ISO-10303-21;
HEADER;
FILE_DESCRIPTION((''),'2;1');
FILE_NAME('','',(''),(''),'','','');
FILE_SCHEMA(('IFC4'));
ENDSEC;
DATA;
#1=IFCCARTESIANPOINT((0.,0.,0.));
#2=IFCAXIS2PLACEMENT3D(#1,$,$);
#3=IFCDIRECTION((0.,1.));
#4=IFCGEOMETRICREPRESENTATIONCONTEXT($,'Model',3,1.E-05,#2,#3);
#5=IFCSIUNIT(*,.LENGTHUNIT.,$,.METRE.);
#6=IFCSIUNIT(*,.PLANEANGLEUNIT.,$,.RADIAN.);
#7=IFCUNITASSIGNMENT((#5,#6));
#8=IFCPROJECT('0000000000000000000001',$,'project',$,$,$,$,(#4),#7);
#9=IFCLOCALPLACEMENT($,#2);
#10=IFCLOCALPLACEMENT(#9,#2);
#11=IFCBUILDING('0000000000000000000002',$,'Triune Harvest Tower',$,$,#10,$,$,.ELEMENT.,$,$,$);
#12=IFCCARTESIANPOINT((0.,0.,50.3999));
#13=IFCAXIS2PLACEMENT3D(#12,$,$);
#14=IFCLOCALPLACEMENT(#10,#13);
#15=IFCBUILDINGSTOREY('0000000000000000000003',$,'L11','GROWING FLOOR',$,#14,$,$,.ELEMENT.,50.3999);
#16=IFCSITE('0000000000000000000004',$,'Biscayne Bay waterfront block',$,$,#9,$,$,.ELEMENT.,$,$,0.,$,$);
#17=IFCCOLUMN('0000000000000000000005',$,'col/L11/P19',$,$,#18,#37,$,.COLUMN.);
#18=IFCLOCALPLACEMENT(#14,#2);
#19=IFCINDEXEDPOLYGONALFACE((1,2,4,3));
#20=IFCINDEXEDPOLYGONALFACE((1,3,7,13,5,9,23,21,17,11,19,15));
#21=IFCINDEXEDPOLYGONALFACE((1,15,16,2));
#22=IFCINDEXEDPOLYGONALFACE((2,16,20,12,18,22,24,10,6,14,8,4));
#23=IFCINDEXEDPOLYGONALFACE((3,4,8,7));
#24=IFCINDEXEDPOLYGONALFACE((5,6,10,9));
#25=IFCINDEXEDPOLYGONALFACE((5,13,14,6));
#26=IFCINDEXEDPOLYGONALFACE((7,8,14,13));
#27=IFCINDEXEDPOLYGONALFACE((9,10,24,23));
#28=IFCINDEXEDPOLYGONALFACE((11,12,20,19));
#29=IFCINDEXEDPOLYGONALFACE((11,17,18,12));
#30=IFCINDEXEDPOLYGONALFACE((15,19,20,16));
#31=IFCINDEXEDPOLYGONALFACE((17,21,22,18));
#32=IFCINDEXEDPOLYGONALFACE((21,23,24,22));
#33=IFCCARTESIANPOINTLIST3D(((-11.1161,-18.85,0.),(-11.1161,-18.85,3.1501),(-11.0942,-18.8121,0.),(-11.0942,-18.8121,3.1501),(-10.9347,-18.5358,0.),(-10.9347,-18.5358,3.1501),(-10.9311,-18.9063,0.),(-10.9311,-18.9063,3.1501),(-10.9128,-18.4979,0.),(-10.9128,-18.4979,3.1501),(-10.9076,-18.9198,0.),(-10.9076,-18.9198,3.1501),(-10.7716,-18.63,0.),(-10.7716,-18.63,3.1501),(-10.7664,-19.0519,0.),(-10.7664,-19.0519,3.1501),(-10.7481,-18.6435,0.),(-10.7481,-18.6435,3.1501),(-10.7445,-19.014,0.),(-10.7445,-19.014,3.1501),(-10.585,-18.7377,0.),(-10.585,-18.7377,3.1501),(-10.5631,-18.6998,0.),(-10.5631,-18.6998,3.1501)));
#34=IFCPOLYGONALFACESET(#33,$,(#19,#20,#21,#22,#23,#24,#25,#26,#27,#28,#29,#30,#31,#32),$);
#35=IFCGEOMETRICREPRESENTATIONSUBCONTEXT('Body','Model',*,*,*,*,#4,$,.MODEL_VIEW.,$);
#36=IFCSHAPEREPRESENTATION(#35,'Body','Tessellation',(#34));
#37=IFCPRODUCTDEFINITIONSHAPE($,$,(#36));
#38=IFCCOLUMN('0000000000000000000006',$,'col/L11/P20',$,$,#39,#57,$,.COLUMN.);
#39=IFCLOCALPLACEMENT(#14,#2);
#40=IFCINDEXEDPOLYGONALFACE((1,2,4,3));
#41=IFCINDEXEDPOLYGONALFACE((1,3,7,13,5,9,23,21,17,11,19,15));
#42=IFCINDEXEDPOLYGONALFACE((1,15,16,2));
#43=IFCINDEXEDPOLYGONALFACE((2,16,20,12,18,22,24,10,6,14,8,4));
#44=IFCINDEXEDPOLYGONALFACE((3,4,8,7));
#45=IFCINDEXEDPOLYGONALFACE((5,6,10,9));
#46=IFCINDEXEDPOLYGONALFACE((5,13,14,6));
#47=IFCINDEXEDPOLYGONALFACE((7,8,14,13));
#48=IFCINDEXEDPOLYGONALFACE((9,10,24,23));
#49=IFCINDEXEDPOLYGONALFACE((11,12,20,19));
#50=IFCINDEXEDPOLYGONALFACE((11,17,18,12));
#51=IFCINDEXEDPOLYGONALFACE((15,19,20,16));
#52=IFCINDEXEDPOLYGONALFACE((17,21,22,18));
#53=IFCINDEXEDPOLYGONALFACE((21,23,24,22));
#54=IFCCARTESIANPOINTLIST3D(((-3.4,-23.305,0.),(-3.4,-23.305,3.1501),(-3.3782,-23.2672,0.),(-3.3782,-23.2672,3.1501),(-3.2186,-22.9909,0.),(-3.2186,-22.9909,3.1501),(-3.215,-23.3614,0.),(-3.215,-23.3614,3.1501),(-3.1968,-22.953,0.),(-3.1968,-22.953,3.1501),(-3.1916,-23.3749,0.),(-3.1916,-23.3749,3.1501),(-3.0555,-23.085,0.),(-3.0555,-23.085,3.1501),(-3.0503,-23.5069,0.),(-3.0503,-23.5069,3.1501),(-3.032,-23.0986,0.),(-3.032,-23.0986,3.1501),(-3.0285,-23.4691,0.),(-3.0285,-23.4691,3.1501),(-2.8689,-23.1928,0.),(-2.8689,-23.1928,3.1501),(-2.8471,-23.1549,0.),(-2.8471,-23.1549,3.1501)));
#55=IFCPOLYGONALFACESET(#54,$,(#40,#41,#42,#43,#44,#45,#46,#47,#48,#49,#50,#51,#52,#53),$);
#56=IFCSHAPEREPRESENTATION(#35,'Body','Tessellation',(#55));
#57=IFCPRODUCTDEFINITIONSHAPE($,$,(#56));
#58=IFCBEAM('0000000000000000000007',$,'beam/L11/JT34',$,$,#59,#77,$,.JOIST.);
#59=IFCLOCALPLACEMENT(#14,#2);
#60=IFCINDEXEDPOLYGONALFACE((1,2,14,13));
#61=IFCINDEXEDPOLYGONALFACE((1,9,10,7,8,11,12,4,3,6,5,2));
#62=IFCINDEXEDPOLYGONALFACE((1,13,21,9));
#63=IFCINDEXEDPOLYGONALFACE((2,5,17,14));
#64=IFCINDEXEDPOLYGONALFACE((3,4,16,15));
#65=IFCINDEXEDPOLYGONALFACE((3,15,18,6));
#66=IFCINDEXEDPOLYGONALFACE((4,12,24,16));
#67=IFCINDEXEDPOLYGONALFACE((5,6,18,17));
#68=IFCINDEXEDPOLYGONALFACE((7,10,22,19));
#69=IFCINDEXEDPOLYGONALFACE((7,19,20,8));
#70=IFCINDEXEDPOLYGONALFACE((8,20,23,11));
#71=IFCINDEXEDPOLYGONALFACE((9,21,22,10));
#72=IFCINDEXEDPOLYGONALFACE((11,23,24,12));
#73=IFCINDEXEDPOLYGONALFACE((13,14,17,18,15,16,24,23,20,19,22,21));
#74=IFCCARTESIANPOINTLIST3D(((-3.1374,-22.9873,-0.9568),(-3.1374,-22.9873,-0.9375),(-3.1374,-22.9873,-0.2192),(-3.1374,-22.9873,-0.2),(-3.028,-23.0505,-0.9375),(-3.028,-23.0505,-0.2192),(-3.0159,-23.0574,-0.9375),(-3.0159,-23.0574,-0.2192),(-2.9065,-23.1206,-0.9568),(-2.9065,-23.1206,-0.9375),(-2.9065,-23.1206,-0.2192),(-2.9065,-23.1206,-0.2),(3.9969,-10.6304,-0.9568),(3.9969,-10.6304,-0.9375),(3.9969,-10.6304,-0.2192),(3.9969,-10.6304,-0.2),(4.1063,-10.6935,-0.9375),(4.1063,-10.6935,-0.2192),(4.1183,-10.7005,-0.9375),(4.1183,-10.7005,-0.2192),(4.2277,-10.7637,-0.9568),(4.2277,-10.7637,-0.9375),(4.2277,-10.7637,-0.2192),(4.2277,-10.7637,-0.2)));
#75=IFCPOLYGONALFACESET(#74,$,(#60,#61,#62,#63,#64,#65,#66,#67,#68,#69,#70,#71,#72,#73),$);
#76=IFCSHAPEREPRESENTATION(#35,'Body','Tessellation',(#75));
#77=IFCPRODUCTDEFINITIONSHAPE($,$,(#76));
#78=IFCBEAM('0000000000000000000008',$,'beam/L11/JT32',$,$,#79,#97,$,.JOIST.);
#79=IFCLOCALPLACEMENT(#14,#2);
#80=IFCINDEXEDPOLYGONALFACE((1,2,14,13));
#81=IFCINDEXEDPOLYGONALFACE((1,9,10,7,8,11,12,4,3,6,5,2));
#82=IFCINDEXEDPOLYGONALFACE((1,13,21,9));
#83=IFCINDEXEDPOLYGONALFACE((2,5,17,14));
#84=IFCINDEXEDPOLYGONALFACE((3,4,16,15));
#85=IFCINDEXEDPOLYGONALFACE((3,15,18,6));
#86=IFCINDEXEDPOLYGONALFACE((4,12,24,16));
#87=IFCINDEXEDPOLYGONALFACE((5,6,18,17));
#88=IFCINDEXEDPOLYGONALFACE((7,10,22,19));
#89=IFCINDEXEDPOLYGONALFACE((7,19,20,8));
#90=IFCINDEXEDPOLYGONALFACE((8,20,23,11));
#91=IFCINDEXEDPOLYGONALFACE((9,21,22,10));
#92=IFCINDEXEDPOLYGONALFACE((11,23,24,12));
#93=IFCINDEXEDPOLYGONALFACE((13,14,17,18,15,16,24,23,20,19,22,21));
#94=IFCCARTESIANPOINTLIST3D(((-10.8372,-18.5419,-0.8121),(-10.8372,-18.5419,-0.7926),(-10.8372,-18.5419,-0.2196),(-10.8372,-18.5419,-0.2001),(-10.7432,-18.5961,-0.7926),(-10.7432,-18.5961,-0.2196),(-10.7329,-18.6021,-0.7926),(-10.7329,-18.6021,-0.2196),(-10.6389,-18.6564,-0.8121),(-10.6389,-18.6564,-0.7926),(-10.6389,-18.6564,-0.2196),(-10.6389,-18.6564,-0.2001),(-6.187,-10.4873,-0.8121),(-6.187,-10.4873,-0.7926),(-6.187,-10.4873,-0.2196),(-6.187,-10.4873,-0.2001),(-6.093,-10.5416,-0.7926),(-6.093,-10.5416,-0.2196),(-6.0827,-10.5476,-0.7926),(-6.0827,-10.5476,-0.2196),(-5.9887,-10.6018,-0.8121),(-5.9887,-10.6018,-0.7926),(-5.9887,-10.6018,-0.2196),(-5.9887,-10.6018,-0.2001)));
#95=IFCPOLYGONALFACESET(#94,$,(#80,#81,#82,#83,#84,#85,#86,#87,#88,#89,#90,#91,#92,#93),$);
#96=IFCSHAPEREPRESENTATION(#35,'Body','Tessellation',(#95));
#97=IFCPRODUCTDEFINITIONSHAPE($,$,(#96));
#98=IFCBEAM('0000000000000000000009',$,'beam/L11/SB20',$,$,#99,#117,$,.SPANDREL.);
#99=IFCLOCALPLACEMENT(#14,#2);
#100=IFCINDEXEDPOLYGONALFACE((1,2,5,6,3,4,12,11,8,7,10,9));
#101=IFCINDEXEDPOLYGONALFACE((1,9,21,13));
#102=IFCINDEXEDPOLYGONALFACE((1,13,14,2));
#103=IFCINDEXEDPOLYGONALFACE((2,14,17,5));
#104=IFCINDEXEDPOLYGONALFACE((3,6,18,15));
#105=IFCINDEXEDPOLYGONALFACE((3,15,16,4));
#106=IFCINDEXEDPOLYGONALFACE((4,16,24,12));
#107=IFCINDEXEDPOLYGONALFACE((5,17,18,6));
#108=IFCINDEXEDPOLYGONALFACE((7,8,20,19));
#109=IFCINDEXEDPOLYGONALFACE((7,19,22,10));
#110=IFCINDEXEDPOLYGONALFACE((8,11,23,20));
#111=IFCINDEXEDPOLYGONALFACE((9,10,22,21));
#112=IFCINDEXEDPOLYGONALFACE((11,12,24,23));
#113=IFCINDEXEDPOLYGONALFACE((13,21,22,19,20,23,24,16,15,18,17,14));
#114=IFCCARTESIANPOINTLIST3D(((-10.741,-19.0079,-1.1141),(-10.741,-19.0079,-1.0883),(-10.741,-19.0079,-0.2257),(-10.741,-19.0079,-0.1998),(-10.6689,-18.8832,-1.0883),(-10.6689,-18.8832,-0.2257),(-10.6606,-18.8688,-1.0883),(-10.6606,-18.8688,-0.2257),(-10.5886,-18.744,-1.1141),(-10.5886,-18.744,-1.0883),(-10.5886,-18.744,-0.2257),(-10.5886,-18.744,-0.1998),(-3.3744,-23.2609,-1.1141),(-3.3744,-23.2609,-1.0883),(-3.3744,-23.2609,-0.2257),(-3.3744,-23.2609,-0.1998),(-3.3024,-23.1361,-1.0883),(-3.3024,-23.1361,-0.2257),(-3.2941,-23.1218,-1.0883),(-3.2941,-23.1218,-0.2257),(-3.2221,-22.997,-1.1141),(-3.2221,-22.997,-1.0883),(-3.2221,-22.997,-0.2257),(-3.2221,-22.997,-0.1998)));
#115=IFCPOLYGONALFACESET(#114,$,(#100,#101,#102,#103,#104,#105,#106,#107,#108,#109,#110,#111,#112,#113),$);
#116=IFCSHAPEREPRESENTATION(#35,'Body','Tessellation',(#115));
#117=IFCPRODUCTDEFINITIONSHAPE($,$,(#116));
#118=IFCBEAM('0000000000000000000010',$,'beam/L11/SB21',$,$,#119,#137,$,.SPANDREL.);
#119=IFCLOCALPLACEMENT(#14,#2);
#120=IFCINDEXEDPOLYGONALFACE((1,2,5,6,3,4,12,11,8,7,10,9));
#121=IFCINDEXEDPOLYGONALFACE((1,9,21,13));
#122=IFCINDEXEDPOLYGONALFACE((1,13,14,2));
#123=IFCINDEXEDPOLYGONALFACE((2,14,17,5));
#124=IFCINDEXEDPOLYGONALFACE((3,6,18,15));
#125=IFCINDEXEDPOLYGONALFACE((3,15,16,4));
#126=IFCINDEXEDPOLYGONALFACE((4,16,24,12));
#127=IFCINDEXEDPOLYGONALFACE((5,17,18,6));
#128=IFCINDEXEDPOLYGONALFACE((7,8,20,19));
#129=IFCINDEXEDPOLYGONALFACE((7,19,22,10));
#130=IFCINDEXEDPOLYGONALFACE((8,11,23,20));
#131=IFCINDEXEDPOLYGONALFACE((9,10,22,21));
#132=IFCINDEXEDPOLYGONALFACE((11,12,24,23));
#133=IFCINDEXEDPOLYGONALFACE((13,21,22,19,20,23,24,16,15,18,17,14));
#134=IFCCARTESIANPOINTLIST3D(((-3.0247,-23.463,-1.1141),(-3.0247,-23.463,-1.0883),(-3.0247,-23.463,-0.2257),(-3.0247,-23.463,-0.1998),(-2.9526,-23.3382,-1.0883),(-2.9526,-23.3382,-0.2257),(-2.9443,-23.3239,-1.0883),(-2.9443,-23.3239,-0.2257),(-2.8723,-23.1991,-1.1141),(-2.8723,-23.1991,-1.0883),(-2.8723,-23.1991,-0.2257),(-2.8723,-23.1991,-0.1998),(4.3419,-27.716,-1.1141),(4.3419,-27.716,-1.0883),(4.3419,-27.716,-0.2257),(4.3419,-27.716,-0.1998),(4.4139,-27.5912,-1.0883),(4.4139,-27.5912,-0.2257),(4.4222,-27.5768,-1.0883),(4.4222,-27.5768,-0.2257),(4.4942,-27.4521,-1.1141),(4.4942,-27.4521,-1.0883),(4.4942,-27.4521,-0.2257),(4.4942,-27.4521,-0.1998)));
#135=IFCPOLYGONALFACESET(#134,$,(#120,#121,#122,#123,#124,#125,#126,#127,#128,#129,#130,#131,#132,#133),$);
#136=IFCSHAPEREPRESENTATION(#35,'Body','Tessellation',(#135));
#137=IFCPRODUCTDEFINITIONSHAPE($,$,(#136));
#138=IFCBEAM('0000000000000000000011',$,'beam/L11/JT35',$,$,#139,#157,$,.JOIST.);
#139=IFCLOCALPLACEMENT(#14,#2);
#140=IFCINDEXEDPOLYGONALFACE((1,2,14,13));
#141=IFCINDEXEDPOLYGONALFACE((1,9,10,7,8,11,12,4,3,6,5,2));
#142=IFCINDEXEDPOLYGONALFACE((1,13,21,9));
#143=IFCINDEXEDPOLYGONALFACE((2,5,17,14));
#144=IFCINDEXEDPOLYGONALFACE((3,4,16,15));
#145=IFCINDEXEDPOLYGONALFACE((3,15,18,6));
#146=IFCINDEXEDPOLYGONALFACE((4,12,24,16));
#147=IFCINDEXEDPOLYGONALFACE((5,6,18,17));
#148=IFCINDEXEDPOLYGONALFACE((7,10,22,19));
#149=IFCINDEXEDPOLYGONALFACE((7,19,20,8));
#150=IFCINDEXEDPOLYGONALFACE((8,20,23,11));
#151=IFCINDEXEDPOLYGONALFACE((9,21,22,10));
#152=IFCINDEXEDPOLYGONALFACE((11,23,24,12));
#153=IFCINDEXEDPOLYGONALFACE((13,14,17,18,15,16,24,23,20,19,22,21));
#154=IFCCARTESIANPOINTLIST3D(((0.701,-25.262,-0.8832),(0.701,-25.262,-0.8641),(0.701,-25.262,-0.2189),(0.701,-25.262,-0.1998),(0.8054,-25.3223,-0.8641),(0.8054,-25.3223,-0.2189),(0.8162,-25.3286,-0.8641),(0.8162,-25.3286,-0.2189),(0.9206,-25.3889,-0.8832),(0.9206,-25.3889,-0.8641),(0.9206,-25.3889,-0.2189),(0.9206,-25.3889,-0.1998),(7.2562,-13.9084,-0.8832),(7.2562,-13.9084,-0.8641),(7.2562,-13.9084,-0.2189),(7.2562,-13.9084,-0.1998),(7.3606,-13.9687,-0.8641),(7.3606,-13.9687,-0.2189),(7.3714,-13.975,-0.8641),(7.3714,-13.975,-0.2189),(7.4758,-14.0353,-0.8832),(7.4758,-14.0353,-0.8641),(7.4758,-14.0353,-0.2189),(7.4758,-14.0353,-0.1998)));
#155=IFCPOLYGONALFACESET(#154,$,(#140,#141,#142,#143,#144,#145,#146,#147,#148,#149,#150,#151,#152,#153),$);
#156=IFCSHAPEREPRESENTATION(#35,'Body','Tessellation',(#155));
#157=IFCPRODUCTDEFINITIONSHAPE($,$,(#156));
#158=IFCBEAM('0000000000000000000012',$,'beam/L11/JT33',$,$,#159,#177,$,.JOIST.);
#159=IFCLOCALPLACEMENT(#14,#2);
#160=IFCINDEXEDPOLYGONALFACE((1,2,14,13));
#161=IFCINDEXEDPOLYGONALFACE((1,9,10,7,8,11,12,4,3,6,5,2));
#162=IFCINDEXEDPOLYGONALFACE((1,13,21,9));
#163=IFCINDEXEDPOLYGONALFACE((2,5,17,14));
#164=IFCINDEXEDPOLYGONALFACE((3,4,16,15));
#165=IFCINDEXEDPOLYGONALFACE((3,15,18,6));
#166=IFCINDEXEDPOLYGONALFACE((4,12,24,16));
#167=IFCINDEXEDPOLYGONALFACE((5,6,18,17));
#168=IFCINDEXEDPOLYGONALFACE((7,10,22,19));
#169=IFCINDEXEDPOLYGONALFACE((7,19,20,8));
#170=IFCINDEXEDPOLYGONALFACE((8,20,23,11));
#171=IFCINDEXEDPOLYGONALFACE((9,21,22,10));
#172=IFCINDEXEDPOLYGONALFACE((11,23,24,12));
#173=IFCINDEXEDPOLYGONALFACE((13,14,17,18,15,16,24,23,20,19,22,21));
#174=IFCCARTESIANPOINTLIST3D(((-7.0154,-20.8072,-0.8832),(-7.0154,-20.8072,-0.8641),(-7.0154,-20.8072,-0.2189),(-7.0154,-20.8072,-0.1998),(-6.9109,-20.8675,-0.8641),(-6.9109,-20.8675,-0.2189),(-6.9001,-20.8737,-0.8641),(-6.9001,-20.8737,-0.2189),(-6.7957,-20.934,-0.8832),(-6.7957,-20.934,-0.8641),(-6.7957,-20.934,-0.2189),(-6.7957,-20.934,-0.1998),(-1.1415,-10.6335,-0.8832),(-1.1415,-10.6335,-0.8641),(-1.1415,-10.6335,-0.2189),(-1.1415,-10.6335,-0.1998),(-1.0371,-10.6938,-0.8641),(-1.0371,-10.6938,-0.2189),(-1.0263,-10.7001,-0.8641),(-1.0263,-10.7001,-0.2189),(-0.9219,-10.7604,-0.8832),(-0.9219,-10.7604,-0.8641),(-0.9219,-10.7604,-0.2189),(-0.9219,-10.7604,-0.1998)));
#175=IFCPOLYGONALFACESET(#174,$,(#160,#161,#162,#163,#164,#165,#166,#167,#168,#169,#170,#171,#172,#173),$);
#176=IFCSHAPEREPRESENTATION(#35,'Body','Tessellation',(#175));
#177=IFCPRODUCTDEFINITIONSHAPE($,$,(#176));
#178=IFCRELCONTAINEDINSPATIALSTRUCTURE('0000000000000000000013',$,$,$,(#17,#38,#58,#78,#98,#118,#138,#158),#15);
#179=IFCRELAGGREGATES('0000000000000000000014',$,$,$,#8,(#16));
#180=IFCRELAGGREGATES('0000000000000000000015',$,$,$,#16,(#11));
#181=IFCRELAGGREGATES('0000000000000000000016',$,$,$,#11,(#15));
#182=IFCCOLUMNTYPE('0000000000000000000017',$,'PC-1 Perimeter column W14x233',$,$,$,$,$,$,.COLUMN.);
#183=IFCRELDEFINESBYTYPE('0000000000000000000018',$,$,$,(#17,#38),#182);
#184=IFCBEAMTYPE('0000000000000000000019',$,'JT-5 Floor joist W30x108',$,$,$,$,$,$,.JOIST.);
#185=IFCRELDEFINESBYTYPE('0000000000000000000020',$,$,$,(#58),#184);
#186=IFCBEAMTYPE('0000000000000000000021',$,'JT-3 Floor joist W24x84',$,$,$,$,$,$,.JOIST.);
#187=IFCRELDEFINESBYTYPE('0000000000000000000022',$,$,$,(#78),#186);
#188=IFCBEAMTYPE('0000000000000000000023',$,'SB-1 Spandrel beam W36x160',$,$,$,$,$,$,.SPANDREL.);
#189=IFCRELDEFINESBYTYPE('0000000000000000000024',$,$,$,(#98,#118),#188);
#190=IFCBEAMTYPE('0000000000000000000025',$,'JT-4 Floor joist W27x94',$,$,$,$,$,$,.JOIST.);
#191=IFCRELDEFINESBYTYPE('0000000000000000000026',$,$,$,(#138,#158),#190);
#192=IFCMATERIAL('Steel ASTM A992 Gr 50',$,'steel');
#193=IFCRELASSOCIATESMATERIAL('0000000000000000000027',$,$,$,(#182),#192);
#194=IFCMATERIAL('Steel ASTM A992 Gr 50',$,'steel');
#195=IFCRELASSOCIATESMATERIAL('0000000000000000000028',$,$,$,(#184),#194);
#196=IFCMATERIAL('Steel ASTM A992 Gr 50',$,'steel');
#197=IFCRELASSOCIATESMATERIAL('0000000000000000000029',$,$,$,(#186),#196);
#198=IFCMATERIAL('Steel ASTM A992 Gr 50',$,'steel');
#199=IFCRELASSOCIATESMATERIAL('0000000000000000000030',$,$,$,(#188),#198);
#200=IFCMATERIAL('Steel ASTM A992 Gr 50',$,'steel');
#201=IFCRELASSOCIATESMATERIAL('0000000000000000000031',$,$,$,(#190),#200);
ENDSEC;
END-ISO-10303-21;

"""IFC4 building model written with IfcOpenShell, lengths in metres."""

from ifc_helpers import new_model, si_unit, direction, frame, origin, origin_2d, place, context, subcontext, project, spatial, i_section, extrude, source, transform, mapped, material, material_profile, profile_set, type_object, element, save


model = new_model("IFC4")

# Units and contexts
model_context = context("Model", 3, precision=1e-05, world=origin(), true_north=direction((0.0, 1.0)))
body_context = subcontext(model_context, "Body", "Model", "MODEL_VIEW")
ifc_project = project(units=[si_unit("LENGTHUNIT", "METRE"), si_unit("PLANEANGLEUNIT", "RADIAN")], contexts=[model_context])

# Site, building, storey
site_placement = place(None, origin())
site = spatial("IfcSite", under=ifc_project, at=site_placement, Name="Biscayne Bay waterfront block", CompositionType="ELEMENT", RefElevation=0.0)
building_placement = place(site_placement, origin())
building = spatial("IfcBuilding", under=site, at=building_placement, Name="Triune Harvest Tower", CompositionType="ELEMENT")
storey_placement = place(building_placement, frame((0.0, 0.0, 50.3999)))
storey = spatial("IfcBuildingStorey", under=building, at=storey_placement, Name="L11", Description="GROWING FLOOR", CompositionType="ELEMENT", Elevation=50.3999)

# Columns
ifc_material_1 = material(Name="Steel ASTM A992 Gr 50", Category="steel")
ifc_material_profile_1 = material_profile(ifc_material_1, i_section(OverallWidth=0.4038, OverallDepth=0.4065, WebThickness=0.0271, FlangeThickness=0.0437, at=origin_2d()), Name="W14x233")
ifc_profile_set_1 = profile_set([ifc_material_profile_1], Name="Steel ASTM A992 Gr 50")
column_type = type_object("IfcColumnType", Name="PC-1 Perimeter column W14x233", PredefinedType="COLUMN", material=ifc_profile_set_1)
shared_shape_1 = source(origin(), body_context, "Body", "SweptSolid", [
    extrude(i_section(OverallWidth=0.4038, OverallDepth=0.4065, WebThickness=0.0271, FlangeThickness=0.0437, at=origin_2d()), origin(), (0.0, 0.0, 1.0), 3.1501),
])
for number, where, z_axis, x_axis, name in (
    (1, (-10.8396, -18.7749, 0.0), (0.0, 0.0, 1.0), (0.866025, -0.5, 0.0), "col/L11/P19"),
    (2, (-3.1235, -23.23, 0.0), (0.0, 0.0, 1.0), (0.866025, -0.5, 0.0), "col/L11/P20"),
):
    element("IfcColumn", number, at=place(storey_placement, frame(where, z_axis=z_axis, x_axis=x_axis)), inside=storey, type_object=column_type, Name=name, PredefinedType="COLUMN", context=body_context, shape_type="MappedRepresentation", body=[
        mapped(shared_shape_1, transform((0.0, 0.0, 0.0), scale=1.0)),
    ])

# Beams
ifc_material_2 = material(Name="Steel ASTM A992 Gr 50", Category="steel")
ifc_material_profile_2 = material_profile(ifc_material_2, i_section(OverallWidth=0.2666, OverallDepth=0.7568, WebThickness=0.0139, FlangeThickness=0.0193, at=origin_2d()), Name="W30x108")
ifc_profile_set_2 = profile_set([ifc_material_profile_2], Name="Steel ASTM A992 Gr 50")
beam_type_1 = type_object("IfcBeamType", Name="JT-5 Floor joist W30x108", PredefinedType="JOIST", material=ifc_profile_set_2)
shared_shape_2 = source(origin(), body_context, "Body", "SweptSolid", [
    extrude(i_section(OverallWidth=0.2666, OverallDepth=0.7568, WebThickness=0.0139, FlangeThickness=0.0193, at=origin_2d()), origin(), (0.0, 0.0, 1.0), 14.2686),
])
beam_1_placement = place(storey_placement, frame((-3.022, -23.054, -0.5784), z_axis=(0.5, 0.866025, 0.0), x_axis=(-0.866025, 0.5, 0.0)))
element("IfcBeam", 3, at=beam_1_placement, inside=storey, type_object=beam_type_1, Name="beam/L11/JT34", PredefinedType="JOIST", context=body_context, shape_type="MappedRepresentation", body=[
    mapped(shared_shape_2, transform((0.0, 0.0, 0.0), scale=1.0)),
])
ifc_material_3 = material(Name="Steel ASTM A992 Gr 50", Category="steel")
ifc_material_profile_3 = material_profile(ifc_material_3, i_section(OverallWidth=0.229, OverallDepth=0.6121, WebThickness=0.012, FlangeThickness=0.0195, at=origin_2d()), Name="W24x84")
ifc_profile_set_3 = profile_set([ifc_material_profile_3], Name="Steel ASTM A992 Gr 50")
beam_type_2 = type_object("IfcBeamType", Name="JT-3 Floor joist W24x84", PredefinedType="JOIST", material=ifc_profile_set_3)
shared_shape_3 = source(origin(), body_context, "Body", "SweptSolid", [
    extrude(i_section(OverallWidth=0.229, OverallDepth=0.6121, WebThickness=0.012, FlangeThickness=0.0195, at=origin_2d()), origin(), (0.0, 0.0, 1.0), 9.3005),
])
beam_2_placement = place(storey_placement, frame((-10.738, -18.5991, -0.5061), z_axis=(0.499993, 0.86603, 0.0), x_axis=(-0.86603, 0.499993, 0.0)))
element("IfcBeam", 4, at=beam_2_placement, inside=storey, type_object=beam_type_2, Name="beam/L11/JT32", PredefinedType="JOIST", context=body_context, shape_type="MappedRepresentation", body=[
    mapped(shared_shape_3, transform((0.0, 0.0, 0.0), scale=1.0)),
])
ifc_material_4 = material(Name="Steel ASTM A992 Gr 50", Category="steel")
ifc_material_profile_4 = material_profile(ifc_material_4, i_section(OverallWidth=0.3047, OverallDepth=0.9143, WebThickness=0.0166, FlangeThickness=0.0259, at=origin_2d()), Name="W36x160")
ifc_profile_set_4 = profile_set([ifc_material_profile_4], Name="Steel ASTM A992 Gr 50")
beam_type_3 = type_object("IfcBeamType", Name="SB-1 Spandrel beam W36x160", PredefinedType="SPANDREL", material=ifc_profile_set_4)
shared_shape_4 = source(origin(), body_context, "Body", "SweptSolid", [
    extrude(i_section(OverallWidth=0.3047, OverallDepth=0.9143, WebThickness=0.0166, FlangeThickness=0.0259, at=origin_2d()), origin(), (0.0, 0.0, 1.0), 8.5061),
])
for number, where, z_axis, x_axis, name in (
    (5, (-10.6648, -18.876, -0.657), (0.86603, -0.499992, 0.0), (0.499992, 0.86603, 0.0), "beam/L11/SB20"),
    (6, (-2.9485, -23.3311, -0.657), (0.86603, -0.499992, 0.0), (0.499992, 0.86603, 0.0), "beam/L11/SB21"),
):
    element("IfcBeam", number, at=place(storey_placement, frame(where, z_axis=z_axis, x_axis=x_axis)), inside=storey, type_object=beam_type_3, Name=name, PredefinedType="SPANDREL", context=body_context, shape_type="MappedRepresentation", body=[
        mapped(shared_shape_4, transform((0.0, 0.0, 0.0), scale=1.0)),
    ])
ifc_material_5 = material(Name="Steel ASTM A992 Gr 50", Category="steel")
ifc_material_profile_5 = material_profile(ifc_material_5, i_section(OverallWidth=0.2537, OverallDepth=0.6833, WebThickness=0.0125, FlangeThickness=0.019, at=origin_2d()), Name="W27x94")
ifc_profile_set_5 = profile_set([ifc_material_profile_5], Name="Steel ASTM A992 Gr 50")
beam_type_4 = type_object("IfcBeamType", Name="JT-4 Floor joist W27x94", PredefinedType="JOIST", material=ifc_profile_set_5)
shared_shape_5 = source(origin(), body_context, "Body", "SweptSolid", [
    extrude(i_section(OverallWidth=0.2537, OverallDepth=0.6833, WebThickness=0.0125, FlangeThickness=0.019, at=origin_2d()), origin(), (0.0, 0.0, 1.0), 13.1101),
])
beam_3_placement = place(storey_placement, frame((0.8108, -25.3254, -0.5415), z_axis=(0.500013, 0.866018, 0.0), x_axis=(-0.866018, 0.500013, 0.0)))
element("IfcBeam", 7, at=beam_3_placement, inside=storey, type_object=beam_type_4, Name="beam/L11/JT35", PredefinedType="JOIST", context=body_context, shape_type="MappedRepresentation", body=[
    mapped(shared_shape_5, transform((0.0, 0.0, 0.0), scale=1.0)),
])
shared_shape_6 = source(origin(), body_context, "Body", "SweptSolid", [
    extrude(i_section(OverallWidth=0.2537, OverallDepth=0.6833, WebThickness=0.0125, FlangeThickness=0.019, at=origin_2d()), origin(), (0.0, 0.0, 1.0), 11.7476),
])
beam_4_placement = place(storey_placement, frame((-6.9055, -20.8706, -0.5415), z_axis=(0.500004, 0.866023, 0.0), x_axis=(-0.866023, 0.500004, 0.0)))
element("IfcBeam", 8, at=beam_4_placement, inside=storey, type_object=beam_type_4, Name="beam/L11/JT33", PredefinedType="JOIST", context=body_context, shape_type="MappedRepresentation", body=[
    mapped(shared_shape_6, transform((0.0, 0.0, 0.0), scale=1.0)),
])

save(model, "model.ifc")
